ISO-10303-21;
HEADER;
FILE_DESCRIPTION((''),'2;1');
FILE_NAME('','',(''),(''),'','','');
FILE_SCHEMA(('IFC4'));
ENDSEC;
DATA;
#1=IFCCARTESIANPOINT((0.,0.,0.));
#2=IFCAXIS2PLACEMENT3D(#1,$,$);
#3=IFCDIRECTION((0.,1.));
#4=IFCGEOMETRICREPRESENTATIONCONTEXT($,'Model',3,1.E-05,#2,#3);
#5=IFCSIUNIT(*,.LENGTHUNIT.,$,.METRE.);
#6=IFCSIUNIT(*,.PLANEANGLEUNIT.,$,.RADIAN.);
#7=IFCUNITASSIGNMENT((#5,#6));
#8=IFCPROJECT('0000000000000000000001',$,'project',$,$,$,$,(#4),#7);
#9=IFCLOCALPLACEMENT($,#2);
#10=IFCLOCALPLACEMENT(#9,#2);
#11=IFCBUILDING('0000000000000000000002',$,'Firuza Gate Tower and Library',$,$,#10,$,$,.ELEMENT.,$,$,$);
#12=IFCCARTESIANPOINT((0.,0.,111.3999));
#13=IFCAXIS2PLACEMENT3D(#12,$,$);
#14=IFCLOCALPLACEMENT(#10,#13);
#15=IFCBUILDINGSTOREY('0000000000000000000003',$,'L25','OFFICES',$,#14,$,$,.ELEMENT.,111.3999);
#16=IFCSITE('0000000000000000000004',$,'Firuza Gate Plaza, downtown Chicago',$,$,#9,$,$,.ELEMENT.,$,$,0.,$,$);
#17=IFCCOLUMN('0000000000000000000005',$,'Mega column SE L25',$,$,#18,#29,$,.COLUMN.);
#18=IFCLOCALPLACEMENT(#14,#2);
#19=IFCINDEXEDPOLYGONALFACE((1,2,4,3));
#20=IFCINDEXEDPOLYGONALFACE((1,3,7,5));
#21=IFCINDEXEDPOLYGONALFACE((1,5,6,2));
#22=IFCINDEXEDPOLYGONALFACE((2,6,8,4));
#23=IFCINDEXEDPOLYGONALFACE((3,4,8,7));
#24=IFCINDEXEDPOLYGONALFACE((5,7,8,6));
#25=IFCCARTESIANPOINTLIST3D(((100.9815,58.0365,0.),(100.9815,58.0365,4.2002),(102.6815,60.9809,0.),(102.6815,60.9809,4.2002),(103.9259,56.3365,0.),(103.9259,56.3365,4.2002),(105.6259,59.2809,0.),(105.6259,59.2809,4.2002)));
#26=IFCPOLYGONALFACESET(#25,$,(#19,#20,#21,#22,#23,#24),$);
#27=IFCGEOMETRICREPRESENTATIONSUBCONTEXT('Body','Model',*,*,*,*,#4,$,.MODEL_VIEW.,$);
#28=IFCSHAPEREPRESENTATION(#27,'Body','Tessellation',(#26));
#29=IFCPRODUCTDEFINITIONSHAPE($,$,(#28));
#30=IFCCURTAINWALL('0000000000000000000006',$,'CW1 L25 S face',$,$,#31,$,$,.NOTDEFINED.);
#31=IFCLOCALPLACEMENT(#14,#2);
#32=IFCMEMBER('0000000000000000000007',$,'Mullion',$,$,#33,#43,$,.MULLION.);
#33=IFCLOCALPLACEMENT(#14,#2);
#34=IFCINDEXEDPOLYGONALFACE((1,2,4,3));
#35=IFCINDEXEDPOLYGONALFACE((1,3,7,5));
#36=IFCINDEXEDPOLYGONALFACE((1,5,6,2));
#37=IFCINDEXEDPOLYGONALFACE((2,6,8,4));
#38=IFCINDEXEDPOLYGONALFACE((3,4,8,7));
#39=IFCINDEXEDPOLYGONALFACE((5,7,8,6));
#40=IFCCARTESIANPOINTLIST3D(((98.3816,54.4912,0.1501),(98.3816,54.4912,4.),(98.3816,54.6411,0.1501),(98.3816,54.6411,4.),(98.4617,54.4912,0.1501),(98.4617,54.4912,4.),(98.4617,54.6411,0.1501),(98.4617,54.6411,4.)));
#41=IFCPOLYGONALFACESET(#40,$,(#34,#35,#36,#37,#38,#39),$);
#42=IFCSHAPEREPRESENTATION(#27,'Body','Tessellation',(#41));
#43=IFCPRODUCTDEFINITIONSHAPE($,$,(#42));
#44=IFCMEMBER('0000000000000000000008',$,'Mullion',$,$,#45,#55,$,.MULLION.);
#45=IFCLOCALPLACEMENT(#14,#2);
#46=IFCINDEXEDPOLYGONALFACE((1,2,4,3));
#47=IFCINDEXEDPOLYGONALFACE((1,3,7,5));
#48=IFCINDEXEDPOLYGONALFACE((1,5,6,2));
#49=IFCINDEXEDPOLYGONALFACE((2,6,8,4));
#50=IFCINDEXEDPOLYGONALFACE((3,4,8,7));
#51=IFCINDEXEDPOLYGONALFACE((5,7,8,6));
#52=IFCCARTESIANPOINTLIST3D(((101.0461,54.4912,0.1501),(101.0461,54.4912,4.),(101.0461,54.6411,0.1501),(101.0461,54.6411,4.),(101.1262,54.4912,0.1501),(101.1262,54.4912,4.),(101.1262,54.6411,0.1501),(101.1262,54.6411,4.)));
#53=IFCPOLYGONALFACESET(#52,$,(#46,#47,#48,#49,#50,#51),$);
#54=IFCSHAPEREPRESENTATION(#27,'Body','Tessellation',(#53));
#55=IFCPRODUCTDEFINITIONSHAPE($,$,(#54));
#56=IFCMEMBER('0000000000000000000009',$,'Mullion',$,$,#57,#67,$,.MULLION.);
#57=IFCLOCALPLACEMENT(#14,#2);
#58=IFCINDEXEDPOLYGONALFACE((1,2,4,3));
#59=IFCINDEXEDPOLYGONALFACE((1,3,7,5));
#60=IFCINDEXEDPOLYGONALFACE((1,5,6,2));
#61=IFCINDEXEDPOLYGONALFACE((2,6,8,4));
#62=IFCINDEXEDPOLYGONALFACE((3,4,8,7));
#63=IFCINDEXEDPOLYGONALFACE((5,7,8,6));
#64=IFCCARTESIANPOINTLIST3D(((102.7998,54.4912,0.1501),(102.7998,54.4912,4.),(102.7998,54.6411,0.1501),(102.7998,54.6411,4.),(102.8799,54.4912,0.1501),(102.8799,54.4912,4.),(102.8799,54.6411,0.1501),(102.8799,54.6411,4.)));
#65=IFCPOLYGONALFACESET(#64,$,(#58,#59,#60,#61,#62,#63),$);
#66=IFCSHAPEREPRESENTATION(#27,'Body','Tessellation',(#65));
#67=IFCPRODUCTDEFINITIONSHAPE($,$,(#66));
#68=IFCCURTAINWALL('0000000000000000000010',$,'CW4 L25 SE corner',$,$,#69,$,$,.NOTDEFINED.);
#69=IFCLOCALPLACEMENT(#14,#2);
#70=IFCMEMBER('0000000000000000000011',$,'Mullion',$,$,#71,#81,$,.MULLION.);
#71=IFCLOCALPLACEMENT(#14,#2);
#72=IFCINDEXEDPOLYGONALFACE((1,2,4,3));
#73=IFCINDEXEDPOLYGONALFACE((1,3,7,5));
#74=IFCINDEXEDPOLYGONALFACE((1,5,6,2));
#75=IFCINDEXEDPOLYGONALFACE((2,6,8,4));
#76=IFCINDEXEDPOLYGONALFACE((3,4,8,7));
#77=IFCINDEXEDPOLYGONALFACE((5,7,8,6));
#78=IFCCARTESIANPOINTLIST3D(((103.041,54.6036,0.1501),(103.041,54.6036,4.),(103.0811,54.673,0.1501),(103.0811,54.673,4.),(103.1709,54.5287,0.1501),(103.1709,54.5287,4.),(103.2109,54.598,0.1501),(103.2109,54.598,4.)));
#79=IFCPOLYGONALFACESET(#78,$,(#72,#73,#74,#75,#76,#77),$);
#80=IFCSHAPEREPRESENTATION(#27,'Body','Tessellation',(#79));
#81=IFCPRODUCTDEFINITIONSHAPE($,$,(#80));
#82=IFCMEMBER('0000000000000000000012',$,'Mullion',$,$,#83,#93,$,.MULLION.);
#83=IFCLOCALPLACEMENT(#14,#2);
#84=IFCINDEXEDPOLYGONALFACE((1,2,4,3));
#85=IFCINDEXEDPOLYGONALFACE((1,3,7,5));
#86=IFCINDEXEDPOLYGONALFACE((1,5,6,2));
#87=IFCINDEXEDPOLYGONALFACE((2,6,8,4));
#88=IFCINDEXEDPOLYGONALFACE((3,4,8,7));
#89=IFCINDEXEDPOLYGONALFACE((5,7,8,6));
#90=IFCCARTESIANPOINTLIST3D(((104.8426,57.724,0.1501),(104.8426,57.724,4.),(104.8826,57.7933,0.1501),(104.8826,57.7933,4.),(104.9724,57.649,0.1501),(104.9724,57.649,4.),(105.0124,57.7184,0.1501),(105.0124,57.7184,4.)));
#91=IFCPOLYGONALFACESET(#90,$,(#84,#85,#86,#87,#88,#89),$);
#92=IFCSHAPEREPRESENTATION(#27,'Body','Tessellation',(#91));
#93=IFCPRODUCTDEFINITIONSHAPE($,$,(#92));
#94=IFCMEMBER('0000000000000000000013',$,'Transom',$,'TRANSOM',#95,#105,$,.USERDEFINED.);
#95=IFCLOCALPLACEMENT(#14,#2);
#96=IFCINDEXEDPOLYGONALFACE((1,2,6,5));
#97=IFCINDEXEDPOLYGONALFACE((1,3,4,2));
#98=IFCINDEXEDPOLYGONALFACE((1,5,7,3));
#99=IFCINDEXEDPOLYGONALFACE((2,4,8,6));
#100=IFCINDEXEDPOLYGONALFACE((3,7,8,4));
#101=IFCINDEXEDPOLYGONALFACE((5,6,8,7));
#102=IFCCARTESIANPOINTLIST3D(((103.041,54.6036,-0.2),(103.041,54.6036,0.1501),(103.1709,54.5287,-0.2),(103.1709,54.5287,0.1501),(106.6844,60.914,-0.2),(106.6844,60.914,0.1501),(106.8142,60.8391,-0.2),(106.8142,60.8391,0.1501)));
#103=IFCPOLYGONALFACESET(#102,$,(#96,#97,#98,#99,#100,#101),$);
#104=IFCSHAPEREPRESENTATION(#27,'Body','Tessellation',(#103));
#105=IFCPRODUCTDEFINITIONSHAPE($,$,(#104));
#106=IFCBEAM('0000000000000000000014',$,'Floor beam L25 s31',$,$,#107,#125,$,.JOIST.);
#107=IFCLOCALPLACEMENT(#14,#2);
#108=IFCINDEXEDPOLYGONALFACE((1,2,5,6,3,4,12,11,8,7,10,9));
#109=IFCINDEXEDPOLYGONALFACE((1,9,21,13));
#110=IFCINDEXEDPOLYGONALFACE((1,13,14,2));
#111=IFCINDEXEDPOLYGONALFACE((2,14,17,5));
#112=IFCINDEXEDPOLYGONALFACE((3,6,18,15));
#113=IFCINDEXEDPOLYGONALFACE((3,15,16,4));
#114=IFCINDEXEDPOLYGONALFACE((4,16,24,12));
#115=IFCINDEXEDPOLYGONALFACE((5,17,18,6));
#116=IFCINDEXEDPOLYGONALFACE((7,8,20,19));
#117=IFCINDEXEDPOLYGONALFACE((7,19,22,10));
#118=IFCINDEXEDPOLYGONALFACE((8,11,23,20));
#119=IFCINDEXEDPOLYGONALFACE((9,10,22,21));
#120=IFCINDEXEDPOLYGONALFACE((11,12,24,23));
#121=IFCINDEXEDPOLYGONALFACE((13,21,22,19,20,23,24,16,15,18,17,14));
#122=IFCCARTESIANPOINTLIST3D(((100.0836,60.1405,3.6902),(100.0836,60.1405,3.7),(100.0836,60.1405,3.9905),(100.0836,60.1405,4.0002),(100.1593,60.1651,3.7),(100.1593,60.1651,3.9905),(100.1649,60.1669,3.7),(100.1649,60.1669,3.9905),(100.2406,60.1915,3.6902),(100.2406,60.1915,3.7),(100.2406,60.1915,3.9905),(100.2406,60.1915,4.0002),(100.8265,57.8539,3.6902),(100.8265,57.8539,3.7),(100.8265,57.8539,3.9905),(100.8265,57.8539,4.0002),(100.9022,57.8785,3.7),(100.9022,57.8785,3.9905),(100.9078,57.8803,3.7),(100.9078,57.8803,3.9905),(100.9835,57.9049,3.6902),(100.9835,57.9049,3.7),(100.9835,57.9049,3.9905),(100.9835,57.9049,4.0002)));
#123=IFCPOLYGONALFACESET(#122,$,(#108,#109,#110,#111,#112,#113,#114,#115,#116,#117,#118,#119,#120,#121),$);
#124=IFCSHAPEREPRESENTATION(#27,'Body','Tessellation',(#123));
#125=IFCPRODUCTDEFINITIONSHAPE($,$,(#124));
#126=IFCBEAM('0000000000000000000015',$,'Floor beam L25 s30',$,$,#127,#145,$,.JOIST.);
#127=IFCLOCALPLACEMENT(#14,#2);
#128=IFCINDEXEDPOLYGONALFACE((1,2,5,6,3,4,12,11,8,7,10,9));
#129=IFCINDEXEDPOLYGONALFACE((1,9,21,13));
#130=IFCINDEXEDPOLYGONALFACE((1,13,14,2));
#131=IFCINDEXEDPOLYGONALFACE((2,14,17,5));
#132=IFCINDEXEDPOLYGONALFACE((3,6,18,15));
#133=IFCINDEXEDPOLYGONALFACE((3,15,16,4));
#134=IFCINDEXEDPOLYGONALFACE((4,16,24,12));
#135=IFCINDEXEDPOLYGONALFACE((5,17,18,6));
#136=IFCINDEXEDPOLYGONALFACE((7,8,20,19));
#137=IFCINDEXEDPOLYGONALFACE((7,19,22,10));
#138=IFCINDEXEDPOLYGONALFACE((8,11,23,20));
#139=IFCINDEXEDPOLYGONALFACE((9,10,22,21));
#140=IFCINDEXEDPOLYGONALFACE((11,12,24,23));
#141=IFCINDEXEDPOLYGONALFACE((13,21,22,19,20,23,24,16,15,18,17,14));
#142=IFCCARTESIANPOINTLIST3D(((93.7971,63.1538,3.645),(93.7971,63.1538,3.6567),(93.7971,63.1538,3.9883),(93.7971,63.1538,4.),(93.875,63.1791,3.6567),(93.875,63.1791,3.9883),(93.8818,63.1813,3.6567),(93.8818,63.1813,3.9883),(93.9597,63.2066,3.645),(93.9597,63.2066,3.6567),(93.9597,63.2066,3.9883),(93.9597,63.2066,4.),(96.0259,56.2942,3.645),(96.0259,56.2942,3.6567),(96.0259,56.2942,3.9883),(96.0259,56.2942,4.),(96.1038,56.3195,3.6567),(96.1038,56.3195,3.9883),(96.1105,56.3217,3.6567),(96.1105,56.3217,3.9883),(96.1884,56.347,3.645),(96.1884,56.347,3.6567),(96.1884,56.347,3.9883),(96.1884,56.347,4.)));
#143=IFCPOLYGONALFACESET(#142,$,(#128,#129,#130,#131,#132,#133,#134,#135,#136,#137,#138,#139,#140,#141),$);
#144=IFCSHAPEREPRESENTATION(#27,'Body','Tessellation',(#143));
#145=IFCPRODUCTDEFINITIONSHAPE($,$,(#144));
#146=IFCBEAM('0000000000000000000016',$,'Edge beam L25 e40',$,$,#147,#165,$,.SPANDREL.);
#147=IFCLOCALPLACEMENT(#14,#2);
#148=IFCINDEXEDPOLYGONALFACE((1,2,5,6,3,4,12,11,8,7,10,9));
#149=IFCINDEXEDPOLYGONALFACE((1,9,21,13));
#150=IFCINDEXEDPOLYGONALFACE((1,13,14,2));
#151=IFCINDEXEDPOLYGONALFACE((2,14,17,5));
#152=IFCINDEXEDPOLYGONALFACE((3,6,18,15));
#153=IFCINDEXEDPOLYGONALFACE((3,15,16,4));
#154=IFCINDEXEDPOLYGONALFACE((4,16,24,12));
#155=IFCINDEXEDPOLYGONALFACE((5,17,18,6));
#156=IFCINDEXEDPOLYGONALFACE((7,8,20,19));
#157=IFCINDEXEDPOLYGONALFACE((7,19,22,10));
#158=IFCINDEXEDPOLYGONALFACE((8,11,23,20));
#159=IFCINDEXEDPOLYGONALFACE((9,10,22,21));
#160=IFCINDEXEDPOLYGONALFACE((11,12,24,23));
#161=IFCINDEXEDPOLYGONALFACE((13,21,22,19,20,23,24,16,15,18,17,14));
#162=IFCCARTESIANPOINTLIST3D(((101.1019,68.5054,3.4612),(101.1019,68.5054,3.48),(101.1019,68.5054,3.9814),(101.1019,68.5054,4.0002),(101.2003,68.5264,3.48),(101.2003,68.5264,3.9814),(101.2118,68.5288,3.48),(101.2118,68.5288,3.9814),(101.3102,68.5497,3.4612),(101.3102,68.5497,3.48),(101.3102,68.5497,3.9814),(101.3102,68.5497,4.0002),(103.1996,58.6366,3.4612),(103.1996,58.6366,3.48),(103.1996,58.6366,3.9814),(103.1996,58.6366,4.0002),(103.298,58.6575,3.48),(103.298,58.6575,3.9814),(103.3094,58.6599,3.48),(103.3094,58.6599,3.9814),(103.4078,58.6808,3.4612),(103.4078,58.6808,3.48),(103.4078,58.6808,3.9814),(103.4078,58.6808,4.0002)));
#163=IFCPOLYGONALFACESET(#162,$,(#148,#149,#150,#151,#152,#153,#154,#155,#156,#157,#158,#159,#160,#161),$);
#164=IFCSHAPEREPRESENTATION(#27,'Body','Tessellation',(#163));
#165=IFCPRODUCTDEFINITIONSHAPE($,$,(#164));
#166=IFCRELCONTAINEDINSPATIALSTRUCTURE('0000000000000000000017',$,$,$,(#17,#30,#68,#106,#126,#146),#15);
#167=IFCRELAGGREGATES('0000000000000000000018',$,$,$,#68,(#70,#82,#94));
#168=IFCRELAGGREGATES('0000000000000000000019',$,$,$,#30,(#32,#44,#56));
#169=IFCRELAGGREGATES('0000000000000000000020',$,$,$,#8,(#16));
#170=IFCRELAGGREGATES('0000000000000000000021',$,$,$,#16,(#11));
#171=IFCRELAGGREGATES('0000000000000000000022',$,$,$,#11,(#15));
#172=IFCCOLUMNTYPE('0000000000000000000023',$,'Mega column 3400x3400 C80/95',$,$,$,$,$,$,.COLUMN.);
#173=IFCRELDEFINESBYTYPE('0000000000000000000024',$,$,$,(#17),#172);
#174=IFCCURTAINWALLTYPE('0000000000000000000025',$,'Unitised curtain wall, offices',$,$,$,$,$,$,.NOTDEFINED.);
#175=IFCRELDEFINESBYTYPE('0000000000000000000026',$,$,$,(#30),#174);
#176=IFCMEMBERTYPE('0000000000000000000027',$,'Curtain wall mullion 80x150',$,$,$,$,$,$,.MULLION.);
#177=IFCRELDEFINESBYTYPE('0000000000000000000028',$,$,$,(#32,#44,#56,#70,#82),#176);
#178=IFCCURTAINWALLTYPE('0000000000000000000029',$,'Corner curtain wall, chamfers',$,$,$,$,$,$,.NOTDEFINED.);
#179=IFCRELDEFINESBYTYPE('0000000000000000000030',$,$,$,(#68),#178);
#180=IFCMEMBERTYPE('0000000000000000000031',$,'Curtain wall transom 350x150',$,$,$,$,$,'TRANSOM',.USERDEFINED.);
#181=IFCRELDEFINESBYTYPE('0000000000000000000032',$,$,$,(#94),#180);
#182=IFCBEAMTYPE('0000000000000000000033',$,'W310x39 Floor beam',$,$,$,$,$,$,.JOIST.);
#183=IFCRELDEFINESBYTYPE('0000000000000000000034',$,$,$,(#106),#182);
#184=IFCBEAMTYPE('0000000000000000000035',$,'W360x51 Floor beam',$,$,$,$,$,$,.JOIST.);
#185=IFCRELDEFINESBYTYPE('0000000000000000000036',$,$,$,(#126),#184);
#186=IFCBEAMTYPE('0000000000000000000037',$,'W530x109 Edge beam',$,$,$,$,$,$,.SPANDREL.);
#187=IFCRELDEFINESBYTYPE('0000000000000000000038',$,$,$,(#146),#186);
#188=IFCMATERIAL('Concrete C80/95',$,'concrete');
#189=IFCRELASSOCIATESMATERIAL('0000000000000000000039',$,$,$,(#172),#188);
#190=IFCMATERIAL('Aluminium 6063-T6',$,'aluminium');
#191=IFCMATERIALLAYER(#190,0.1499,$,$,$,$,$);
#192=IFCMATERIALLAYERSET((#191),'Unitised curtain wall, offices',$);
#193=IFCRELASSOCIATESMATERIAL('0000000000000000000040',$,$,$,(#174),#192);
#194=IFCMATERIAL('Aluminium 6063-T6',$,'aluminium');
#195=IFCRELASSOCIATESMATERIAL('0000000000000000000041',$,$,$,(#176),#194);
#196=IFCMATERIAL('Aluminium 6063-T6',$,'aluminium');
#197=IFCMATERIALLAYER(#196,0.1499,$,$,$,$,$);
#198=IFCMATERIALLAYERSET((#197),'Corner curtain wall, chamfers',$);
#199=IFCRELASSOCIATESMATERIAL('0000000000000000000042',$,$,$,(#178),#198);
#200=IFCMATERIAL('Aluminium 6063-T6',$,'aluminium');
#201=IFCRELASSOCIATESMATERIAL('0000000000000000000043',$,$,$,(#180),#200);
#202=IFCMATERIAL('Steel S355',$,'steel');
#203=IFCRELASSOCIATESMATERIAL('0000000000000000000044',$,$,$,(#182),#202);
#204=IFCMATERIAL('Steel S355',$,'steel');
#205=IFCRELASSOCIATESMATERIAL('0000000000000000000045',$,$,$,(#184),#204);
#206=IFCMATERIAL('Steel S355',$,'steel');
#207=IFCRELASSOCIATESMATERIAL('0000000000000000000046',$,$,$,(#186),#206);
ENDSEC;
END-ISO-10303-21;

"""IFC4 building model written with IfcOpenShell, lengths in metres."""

from ifc_helpers import new_model, si_unit, direction, frame, origin, origin_2d, place, context, subcontext, project, spatial, rectangle, i_section, extrude, material, layer, layer_set, material_profile, profile_set, type_object, element, aggregate, save


model = new_model("IFC4")

# Units and contexts
model_context = context("Model", 3, precision=1e-05, world=origin(), true_north=direction((0.0, 1.0)))
body_context = subcontext(model_context, "Body", "Model", "MODEL_VIEW")
ifc_project = project(units=[si_unit("LENGTHUNIT", "METRE"), si_unit("PLANEANGLEUNIT", "RADIAN")], contexts=[model_context])

# Site, building, storey
site_placement = place(None, origin())
site = spatial("IfcSite", under=ifc_project, at=site_placement, Name="Firuza Gate Plaza, downtown Chicago", CompositionType="ELEMENT", RefElevation=0.0)
building_placement = place(site_placement, origin())
building = spatial("IfcBuilding", under=site, at=building_placement, Name="Firuza Gate Tower and Library", CompositionType="ELEMENT")
storey_placement = place(building_placement, frame((0.0, 0.0, 111.3999)))
storey = spatial("IfcBuildingStorey", under=building, at=storey_placement, Name="L25", Description="OFFICES", CompositionType="ELEMENT", Elevation=111.3999)

# Column
ifc_material_1 = material(Name="Concrete C80/95", Category="concrete")
ifc_material_profile_1 = material_profile(ifc_material_1, rectangle(XDim=3.3999, YDim=3.3999, at=origin_2d()))
ifc_profile_set_1 = profile_set([ifc_material_profile_1], Name="Concrete C80/95")
column_type = type_object("IfcColumnType", Name="Mega column 3400x3400 C80/95", PredefinedType="COLUMN", material=ifc_profile_set_1)
column_placement = place(storey_placement, frame((103.3037, 58.6587, 0.0), z_axis=(0.0, 0.0, 1.0), x_axis=(0.5, 0.866025, 0.0)))
element("IfcColumn", 1, at=column_placement, inside=storey, type_object=column_type, Name="Mega column SE L25", PredefinedType="COLUMN", context=body_context, shape_type="SweptSolid", body=[
    extrude(rectangle(XDim=3.3999, YDim=3.3999, at=origin_2d()), origin(), (0.0, 0.0, 1.0), 4.2002),
])

# Curtain walls, members
ifc_material_2 = material(Name="Aluminium 6063-T6", Category="aluminium")
ifc_layer_1 = layer(ifc_material_2, 0.1499)
ifc_layer_set_1 = layer_set([ifc_layer_1], Name="Unitised curtain wall, offices")
curtain_wall_type_1 = type_object("IfcCurtainWallType", Name="Unitised curtain wall, offices", PredefinedType="NOTDEFINED", material=ifc_layer_set_1)
placement = place(storey_placement, origin())
curtain_wall_1 = element("IfcCurtainWall", 2, at=placement, inside=storey, type_object=curtain_wall_type_1, Name="CW1 L25 S face", PredefinedType="NOTDEFINED")
ifc_material_3 = material(Name="Aluminium 6063-T6", Category="aluminium")
ifc_material_profile_2 = material_profile(ifc_material_3, rectangle(XDim=0.1499, YDim=0.0801, at=origin_2d()))
ifc_profile_set_2 = profile_set([ifc_material_profile_2], Name="Aluminium 6063-T6")
member_type_1 = type_object("IfcMemberType", Name="Curtain wall mullion 80x150", PredefinedType="MULLION", material=ifc_profile_set_2)
member_1_placement = place(storey_placement, frame((98.4216, 54.5662, 0.1501), z_axis=(0.0, 0.0, 1.0), x_axis=(0.0, 1.0, 0.0)))
member_1 = element("IfcMember", 3, at=member_1_placement, type_object=member_type_1, Name="Mullion", PredefinedType="MULLION", context=body_context, shape_type="SweptSolid", body=[
    extrude(rectangle(XDim=0.1499, YDim=0.0801, at=origin_2d()), origin(), (0.0, 0.0, 1.0), 3.8499),
])
member_2_placement = place(storey_placement, frame((101.0862, 54.5662, 0.1501), z_axis=(0.0, 0.0, 1.0), x_axis=(0.0, 1.0, 0.0)))
member_2 = element("IfcMember", 4, at=member_2_placement, type_object=member_type_1, Name="Mullion", PredefinedType="MULLION", context=body_context, shape_type="SweptSolid", body=[
    extrude(rectangle(XDim=0.1499, YDim=0.0801, at=origin_2d()), origin(), (0.0, 0.0, 1.0), 3.8499),
])
member_3_placement = place(storey_placement, frame((102.8398, 54.5662, 0.1501), z_axis=(0.0, 0.0, 1.0), x_axis=(0.0, 1.0, 0.0)))
member_3 = element("IfcMember", 5, at=member_3_placement, type_object=member_type_1, Name="Mullion", PredefinedType="MULLION", context=body_context, shape_type="SweptSolid", body=[
    extrude(rectangle(XDim=0.1499, YDim=0.0801, at=origin_2d()), origin(), (0.0, 0.0, 1.0), 3.8499),
])
ifc_material_4 = material(Name="Aluminium 6063-T6", Category="aluminium")
ifc_layer_2 = layer(ifc_material_4, 0.1499)
ifc_layer_set_2 = layer_set([ifc_layer_2], Name="Corner curtain wall, chamfers")
curtain_wall_type_2 = type_object("IfcCurtainWallType", Name="Corner curtain wall, chamfers", PredefinedType="NOTDEFINED", material=ifc_layer_set_2)
curtain_wall_2 = element("IfcCurtainWall", 6, at=placement, inside=storey, type_object=curtain_wall_type_2, Name="CW4 L25 SE corner", PredefinedType="NOTDEFINED")
member_4_placement = place(storey_placement, frame((103.126, 54.6008, 0.1501), z_axis=(0.0, 0.0, 1.0), x_axis=(-0.866025, 0.5, 0.0)))
member_4 = element("IfcMember", 7, at=member_4_placement, type_object=member_type_1, Name="Mullion", PredefinedType="MULLION", context=body_context, shape_type="SweptSolid", body=[
    extrude(rectangle(XDim=0.1499, YDim=0.0801, at=origin_2d()), origin(), (0.0, 0.0, 1.0), 3.8499),
])
member_5_placement = place(storey_placement, frame((104.9275, 57.7212, 0.1501), z_axis=(0.0, 0.0, 1.0), x_axis=(-0.866025, 0.5, 0.0)))
member_5 = element("IfcMember", 8, at=member_5_placement, type_object=member_type_1, Name="Mullion", PredefinedType="MULLION", context=body_context, shape_type="SweptSolid", body=[
    extrude(rectangle(XDim=0.1499, YDim=0.0801, at=origin_2d()), origin(), (0.0, 0.0, 1.0), 3.8499),
])
ifc_material_5 = material(Name="Aluminium 6063-T6", Category="aluminium")
ifc_material_profile_3 = material_profile(ifc_material_5, rectangle(XDim=0.1499, YDim=0.3501, at=origin_2d()))
ifc_profile_set_3 = profile_set([ifc_material_profile_3], Name="Aluminium 6063-T6")
member_type_2 = type_object("IfcMemberType", Name="Curtain wall transom 350x150", ElementType="TRANSOM", PredefinedType="USERDEFINED", material=ifc_profile_set_3)
member_6_placement = place(storey_placement, frame((103.106, 54.5662, -0.0249), z_axis=(0.500006, 0.866022, 0.0), x_axis=(-0.866022, 0.500006, 0.0)))
member_6 = element("IfcMember", 9, at=member_6_placement, type_object=member_type_2, Name="Transom", ObjectType="TRANSOM", PredefinedType="USERDEFINED", context=body_context, shape_type="SweptSolid", body=[
    extrude(rectangle(XDim=0.1499, YDim=0.3501, at=origin_2d()), origin(), (0.0, 0.0, 1.0), 7.2866),
])

# Beams
ifc_material_6 = material(Name="Steel S355", Category="steel")
ifc_material_profile_4 = material_profile(ifc_material_6, i_section(OverallWidth=0.165, OverallDepth=0.3101, WebThickness=0.0059, FlangeThickness=0.0098, at=origin_2d()))
ifc_profile_set_4 = profile_set([ifc_material_profile_4], Name="Steel S355")
beam_type_1 = type_object("IfcBeamType", Name="W310x39 Floor beam", PredefinedType="JOIST", material=ifc_profile_set_4)
beam_1_placement = place(storey_placement, frame((100.905, 57.8794, 3.8452), z_axis=(-0.308999, 0.951062, 0.0), x_axis=(-0.951062, -0.308999, 0.0)))
element("IfcBeam", 10, at=beam_1_placement, inside=storey, type_object=beam_type_1, Name="Floor beam L25 s31", PredefinedType="JOIST", context=body_context, shape_type="SweptSolid", body=[
    extrude(i_section(OverallWidth=0.165, OverallDepth=0.3101, WebThickness=0.0059, FlangeThickness=0.0098, at=origin_2d()), origin(), (0.0, 0.0, 1.0), 2.4043),
])
ifc_material_7 = material(Name="Steel S355", Category="steel")
ifc_material_profile_5 = material_profile(ifc_material_7, i_section(OverallWidth=0.1709, OverallDepth=0.355, WebThickness=0.0071, FlangeThickness=0.0117, at=origin_2d()))
ifc_profile_set_5 = profile_set([ifc_material_profile_5], Name="Steel S355")
beam_type_2 = type_object("IfcBeamType", Name="W360x51 Floor beam", PredefinedType="JOIST", material=ifc_profile_set_5)
beam_2_placement = place(storey_placement, frame((96.1072, 56.3206, 3.8225), z_axis=(-0.309009, 0.951059, 0.0), x_axis=(-0.951059, -0.309009, 0.0)))
element("IfcBeam", 11, at=beam_2_placement, inside=storey, type_object=beam_type_2, Name="Floor beam L25 s30", PredefinedType="JOIST", context=body_context, shape_type="SweptSolid", body=[
    extrude(i_section(OverallWidth=0.1709, OverallDepth=0.355, WebThickness=0.0071, FlangeThickness=0.0117, at=origin_2d()), origin(), (0.0, 0.0, 1.0), 7.2126),
])
ifc_material_8 = material(Name="Steel S355", Category="steel")
ifc_material_profile_6 = material_profile(ifc_material_8, i_section(OverallWidth=0.2129, OverallDepth=0.5391, WebThickness=0.0117, FlangeThickness=0.0188, at=origin_2d()))
ifc_profile_set_6 = profile_set([ifc_material_profile_6], Name="Steel S355")
beam_type_3 = type_object("IfcBeamType", Name="W530x109 Edge beam", PredefinedType="SPANDREL", material=ifc_profile_set_6)
beam_3_placement = place(storey_placement, frame((103.3037, 58.6587, 3.7307), z_axis=(-0.207908, 0.978148, 0.0), x_axis=(-0.978148, -0.207908, 0.0)))
element("IfcBeam", 12, at=beam_3_placement, inside=storey, type_object=beam_type_3, Name="Edge beam L25 e40", PredefinedType="SPANDREL", context=body_context, shape_type="SweptSolid", body=[
    extrude(i_section(OverallWidth=0.2129, OverallDepth=0.5391, WebThickness=0.0117, FlangeThickness=0.0188, at=origin_2d()), origin(), (0.0, 0.0, 1.0), 10.0894),
])

aggregate(curtain_wall_2, [member_4, member_5, member_6])
aggregate(curtain_wall_1, [member_1, member_2, member_3])

save(model, "model.ifc")
